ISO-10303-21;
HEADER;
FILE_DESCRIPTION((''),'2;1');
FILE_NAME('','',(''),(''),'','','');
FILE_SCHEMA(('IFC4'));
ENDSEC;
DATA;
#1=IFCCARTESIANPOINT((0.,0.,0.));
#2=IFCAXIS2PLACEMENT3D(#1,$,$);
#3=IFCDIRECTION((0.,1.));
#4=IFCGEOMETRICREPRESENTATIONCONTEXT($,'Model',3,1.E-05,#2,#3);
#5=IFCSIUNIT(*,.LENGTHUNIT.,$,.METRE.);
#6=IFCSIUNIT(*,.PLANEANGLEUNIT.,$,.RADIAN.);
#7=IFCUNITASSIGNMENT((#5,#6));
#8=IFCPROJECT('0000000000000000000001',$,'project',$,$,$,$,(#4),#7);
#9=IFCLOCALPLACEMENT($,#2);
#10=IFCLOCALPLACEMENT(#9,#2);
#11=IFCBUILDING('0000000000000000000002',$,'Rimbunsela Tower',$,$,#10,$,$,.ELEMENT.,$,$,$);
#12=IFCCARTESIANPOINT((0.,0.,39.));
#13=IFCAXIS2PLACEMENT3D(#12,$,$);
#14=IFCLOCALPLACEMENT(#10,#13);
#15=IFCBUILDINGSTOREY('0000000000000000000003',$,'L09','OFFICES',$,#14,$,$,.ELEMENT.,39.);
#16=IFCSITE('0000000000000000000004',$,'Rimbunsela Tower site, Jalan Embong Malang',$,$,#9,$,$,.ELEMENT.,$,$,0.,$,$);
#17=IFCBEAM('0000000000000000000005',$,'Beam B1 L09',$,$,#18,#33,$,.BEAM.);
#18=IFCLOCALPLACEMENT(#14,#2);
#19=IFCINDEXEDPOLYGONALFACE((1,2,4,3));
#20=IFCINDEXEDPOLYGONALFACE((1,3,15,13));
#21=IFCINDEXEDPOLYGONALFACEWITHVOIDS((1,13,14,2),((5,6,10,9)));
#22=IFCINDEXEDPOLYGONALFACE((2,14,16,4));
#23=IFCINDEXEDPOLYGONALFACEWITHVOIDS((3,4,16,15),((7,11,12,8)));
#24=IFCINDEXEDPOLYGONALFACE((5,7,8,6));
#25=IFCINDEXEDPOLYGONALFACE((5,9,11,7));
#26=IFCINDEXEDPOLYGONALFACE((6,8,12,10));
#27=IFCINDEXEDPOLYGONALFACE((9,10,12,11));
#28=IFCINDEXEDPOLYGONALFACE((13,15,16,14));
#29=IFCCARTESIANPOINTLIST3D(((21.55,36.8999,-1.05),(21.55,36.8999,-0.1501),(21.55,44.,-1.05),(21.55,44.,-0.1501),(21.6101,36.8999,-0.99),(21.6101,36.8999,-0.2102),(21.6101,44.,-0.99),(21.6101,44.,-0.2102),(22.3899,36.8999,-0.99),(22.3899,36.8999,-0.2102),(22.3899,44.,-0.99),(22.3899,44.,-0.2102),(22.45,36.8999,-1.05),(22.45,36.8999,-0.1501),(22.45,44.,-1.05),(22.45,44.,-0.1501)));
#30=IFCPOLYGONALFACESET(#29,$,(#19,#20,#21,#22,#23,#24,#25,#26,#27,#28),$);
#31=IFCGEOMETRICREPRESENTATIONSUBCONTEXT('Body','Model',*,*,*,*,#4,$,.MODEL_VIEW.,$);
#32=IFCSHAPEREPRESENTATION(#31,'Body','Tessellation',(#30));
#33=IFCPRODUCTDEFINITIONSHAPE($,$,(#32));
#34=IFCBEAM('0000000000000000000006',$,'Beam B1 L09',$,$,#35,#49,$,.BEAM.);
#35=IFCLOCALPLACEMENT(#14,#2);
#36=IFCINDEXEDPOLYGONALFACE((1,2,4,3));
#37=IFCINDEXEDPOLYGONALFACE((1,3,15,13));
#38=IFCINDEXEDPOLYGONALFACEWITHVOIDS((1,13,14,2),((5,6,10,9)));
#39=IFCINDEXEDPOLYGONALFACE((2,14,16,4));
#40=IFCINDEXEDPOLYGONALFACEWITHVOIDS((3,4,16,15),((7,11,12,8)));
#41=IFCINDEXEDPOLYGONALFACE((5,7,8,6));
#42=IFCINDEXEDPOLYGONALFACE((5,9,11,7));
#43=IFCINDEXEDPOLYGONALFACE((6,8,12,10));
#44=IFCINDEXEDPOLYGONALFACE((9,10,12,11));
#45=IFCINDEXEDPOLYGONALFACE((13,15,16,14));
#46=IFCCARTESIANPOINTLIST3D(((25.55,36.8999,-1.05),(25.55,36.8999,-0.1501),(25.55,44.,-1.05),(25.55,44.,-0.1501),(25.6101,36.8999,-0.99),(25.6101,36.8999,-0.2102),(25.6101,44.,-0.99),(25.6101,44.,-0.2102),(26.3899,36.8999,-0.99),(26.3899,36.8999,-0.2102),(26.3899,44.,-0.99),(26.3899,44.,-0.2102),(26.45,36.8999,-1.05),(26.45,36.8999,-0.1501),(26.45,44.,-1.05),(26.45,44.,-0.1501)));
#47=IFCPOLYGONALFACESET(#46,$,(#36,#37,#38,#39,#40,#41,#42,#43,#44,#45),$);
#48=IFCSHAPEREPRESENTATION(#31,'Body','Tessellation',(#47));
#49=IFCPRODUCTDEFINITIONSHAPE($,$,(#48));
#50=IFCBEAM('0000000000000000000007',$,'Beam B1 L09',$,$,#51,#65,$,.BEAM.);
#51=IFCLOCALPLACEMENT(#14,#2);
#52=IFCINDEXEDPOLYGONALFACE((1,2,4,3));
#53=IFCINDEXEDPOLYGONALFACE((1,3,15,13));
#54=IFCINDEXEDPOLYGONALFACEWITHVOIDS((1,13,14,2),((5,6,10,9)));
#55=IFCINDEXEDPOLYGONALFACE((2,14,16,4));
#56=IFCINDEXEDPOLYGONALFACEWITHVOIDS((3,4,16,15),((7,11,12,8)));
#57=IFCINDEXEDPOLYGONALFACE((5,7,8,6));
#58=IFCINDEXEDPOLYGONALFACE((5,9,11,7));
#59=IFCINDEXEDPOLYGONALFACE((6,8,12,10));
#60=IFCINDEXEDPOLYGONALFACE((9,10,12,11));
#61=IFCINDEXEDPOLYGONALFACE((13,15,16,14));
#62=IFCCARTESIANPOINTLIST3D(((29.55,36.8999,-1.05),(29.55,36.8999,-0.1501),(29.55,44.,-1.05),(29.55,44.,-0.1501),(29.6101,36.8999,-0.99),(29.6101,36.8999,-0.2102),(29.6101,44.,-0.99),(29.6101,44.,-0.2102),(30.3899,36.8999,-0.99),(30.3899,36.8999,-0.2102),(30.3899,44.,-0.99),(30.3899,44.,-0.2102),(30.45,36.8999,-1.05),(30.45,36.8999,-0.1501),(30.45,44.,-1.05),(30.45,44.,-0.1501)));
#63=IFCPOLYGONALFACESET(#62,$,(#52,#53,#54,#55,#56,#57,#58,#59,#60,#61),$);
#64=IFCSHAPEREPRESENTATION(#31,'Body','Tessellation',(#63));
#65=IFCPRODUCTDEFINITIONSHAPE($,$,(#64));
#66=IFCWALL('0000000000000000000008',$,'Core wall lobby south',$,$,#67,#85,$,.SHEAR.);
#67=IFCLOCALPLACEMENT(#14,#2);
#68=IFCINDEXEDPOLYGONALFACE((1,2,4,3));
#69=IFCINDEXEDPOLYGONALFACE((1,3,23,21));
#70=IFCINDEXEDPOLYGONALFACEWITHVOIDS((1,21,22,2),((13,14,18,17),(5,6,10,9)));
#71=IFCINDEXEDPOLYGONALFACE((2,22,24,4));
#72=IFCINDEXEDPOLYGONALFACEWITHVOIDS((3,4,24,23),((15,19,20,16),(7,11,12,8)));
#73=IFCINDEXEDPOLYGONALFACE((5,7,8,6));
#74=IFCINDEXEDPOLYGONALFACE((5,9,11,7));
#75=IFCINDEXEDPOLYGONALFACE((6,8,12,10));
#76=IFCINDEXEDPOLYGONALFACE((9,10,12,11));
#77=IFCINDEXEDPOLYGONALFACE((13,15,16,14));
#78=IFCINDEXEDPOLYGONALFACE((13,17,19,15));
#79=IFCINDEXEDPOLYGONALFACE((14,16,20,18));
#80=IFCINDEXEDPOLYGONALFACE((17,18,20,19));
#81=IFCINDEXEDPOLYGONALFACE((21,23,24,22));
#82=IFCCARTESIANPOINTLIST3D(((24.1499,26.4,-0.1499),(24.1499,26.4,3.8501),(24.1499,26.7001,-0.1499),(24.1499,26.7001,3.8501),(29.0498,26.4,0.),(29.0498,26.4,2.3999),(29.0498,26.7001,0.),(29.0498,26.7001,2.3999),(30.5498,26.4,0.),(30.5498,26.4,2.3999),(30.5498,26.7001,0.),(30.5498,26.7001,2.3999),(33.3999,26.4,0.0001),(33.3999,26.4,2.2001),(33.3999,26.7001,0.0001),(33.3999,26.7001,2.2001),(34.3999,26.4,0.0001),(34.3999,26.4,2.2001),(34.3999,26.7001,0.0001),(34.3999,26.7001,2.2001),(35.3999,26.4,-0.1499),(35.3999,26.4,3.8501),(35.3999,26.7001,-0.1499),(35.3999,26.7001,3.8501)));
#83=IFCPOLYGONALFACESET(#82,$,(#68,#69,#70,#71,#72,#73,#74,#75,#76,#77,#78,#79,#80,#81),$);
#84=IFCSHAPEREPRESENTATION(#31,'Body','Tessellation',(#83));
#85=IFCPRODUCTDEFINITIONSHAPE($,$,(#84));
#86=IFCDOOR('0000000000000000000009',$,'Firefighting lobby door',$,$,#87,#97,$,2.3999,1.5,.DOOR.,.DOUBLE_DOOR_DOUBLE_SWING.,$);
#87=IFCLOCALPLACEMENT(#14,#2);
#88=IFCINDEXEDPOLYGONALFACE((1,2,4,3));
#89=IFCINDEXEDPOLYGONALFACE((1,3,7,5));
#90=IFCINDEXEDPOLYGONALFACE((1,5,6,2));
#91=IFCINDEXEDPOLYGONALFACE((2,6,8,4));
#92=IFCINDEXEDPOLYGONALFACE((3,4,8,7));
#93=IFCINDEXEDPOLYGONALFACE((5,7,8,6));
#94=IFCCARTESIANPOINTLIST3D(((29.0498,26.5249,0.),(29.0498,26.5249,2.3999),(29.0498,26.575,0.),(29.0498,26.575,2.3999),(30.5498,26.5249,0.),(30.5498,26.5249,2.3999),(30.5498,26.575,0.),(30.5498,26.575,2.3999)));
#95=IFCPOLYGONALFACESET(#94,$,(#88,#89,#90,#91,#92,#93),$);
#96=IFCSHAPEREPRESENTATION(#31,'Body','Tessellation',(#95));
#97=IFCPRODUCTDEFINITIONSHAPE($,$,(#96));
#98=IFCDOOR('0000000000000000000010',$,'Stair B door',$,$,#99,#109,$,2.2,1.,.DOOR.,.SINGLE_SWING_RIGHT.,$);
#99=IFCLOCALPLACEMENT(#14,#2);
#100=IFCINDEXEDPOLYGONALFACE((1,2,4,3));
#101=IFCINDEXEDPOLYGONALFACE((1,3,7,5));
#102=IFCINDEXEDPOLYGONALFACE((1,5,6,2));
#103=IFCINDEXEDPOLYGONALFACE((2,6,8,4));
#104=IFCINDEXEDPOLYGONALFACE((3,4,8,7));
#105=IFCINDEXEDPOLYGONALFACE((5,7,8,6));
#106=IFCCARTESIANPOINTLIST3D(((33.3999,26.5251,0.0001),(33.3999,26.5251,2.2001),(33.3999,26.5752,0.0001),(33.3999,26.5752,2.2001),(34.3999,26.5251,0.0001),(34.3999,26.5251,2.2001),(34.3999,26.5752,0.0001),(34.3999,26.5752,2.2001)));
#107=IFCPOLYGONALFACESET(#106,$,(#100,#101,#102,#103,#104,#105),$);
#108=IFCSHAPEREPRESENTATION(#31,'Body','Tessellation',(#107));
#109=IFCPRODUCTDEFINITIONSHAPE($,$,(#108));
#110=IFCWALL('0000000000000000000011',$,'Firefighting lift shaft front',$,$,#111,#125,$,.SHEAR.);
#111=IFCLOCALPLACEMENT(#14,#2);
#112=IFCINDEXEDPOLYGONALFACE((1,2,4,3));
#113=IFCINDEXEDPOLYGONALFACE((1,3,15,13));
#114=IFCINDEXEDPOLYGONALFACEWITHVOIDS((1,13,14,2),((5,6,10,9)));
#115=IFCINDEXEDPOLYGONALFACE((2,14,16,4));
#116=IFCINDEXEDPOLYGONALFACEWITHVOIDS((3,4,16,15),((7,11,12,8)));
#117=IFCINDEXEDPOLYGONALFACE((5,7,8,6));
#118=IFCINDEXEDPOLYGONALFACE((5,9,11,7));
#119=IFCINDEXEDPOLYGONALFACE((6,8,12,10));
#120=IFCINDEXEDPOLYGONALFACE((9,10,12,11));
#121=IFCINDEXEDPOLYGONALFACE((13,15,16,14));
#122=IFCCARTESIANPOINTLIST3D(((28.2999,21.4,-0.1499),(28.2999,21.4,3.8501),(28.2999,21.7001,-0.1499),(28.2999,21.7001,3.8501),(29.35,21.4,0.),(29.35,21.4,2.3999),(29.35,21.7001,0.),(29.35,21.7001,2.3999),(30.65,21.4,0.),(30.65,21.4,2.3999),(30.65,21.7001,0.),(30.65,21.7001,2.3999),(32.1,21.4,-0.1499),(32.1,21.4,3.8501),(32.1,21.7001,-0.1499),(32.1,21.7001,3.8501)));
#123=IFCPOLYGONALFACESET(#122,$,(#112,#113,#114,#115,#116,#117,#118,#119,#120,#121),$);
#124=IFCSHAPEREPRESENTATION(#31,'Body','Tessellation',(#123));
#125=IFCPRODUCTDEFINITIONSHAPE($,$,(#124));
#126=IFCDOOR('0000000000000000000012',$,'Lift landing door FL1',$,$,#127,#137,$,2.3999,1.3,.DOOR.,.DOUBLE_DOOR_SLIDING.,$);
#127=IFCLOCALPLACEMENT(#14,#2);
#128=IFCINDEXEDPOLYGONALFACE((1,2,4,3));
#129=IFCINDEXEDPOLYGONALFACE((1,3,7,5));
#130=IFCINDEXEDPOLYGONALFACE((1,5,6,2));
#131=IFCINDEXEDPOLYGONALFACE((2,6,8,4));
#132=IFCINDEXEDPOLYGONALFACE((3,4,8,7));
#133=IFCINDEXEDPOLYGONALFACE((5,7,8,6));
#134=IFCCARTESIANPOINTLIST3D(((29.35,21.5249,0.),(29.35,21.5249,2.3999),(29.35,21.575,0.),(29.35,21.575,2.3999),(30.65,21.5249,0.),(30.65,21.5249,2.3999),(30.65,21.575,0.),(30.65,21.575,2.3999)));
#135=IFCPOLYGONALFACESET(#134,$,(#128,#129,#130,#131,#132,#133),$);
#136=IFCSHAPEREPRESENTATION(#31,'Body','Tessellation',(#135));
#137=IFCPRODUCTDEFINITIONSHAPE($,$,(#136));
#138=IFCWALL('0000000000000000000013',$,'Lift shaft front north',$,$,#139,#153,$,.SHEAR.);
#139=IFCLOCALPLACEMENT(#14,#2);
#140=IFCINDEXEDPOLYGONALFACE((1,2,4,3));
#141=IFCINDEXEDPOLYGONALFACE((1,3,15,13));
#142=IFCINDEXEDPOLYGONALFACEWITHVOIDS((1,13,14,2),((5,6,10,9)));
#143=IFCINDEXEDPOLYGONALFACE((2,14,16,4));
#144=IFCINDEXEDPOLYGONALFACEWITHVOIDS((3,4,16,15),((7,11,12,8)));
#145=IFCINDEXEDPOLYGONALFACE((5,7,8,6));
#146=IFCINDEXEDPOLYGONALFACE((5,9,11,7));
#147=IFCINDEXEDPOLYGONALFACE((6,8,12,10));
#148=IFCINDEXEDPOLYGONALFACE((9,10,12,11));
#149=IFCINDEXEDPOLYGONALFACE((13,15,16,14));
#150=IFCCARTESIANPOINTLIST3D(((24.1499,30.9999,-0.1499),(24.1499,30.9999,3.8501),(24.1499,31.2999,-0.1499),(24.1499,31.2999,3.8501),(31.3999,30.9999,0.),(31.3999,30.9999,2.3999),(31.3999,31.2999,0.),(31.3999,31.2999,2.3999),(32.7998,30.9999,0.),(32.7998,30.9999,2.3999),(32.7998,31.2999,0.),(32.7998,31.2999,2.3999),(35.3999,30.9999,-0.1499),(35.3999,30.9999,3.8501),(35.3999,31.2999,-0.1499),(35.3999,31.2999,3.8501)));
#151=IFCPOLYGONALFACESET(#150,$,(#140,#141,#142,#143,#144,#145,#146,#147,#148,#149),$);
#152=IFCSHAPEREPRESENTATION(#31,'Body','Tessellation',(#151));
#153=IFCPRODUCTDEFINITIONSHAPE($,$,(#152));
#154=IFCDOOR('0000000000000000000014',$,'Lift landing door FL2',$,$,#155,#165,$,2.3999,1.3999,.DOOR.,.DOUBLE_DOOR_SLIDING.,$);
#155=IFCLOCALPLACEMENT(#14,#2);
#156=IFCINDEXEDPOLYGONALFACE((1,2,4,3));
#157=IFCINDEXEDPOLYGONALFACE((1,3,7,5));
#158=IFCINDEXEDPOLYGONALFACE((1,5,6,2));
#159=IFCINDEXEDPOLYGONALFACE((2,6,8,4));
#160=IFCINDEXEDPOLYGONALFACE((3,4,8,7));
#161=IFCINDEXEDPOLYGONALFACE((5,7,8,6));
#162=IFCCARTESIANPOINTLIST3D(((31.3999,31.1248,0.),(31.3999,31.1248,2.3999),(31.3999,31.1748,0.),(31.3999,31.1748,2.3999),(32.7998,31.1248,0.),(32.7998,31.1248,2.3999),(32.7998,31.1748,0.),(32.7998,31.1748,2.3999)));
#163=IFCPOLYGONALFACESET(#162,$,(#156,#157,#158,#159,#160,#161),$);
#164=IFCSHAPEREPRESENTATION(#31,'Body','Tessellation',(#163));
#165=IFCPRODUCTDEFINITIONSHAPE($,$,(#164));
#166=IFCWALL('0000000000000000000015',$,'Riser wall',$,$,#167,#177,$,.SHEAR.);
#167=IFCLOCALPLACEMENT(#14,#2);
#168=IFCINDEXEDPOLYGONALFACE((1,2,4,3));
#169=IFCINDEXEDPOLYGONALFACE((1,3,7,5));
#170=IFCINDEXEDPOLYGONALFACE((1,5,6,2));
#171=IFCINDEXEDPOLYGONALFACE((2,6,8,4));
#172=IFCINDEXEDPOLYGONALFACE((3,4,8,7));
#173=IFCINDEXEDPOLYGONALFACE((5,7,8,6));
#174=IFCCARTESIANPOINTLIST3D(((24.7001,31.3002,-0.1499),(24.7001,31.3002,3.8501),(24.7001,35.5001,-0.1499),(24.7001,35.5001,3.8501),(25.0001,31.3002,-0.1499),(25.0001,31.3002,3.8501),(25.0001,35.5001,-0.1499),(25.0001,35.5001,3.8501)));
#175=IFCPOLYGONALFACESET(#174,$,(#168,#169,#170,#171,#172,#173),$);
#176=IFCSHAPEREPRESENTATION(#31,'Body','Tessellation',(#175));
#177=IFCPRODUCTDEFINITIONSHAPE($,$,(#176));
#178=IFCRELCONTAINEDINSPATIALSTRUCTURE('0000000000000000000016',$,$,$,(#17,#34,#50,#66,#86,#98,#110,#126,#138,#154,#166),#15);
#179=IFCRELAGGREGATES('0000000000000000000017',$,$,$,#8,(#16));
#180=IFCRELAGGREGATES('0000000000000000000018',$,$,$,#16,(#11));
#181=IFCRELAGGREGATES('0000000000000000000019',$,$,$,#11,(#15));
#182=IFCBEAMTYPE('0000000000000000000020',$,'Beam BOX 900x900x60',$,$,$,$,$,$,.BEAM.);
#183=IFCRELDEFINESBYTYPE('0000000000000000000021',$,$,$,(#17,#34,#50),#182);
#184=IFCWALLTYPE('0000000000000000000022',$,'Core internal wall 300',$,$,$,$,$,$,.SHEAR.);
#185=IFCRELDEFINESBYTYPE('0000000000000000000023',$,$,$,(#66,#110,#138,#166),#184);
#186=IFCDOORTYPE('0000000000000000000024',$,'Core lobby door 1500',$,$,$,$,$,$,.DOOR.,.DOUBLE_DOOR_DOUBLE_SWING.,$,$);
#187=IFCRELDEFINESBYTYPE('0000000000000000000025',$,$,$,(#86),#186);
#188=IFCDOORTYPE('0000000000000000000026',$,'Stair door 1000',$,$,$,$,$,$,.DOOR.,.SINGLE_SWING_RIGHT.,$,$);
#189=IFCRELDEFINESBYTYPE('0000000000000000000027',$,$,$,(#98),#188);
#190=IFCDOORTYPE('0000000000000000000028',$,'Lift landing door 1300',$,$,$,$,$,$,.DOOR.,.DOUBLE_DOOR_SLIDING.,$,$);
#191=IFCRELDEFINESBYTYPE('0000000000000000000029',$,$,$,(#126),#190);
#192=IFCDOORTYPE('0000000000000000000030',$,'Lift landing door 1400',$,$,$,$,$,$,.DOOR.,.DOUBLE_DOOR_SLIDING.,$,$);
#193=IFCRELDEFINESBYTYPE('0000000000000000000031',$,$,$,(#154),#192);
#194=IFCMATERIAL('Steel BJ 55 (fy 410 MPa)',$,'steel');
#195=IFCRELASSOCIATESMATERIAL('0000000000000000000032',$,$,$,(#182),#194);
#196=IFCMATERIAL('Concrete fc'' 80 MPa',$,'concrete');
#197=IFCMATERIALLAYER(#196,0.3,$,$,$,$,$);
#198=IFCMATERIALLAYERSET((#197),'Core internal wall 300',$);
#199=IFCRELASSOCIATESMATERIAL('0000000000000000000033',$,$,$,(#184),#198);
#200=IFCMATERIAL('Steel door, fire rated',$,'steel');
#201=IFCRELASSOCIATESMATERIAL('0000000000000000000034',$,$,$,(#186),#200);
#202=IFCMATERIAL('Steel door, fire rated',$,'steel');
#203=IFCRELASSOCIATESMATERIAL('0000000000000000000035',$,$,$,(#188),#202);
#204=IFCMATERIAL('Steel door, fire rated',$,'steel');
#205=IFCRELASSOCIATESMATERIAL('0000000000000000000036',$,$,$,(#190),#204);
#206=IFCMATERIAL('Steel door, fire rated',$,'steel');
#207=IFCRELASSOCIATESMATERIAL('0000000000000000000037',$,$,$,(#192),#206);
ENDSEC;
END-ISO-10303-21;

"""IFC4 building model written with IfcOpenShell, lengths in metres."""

from ifc_helpers import new_model, si_unit, direction, frame, frame_2d, origin, origin_2d, place, context, subcontext, project, spatial, rectangle, hollow_rectangle, extrude, material, layer, layer_set, material_profile, profile_set, type_object, element, fill, save


model = new_model("IFC4")

# Units and contexts
model_context = context("Model", 3, precision=1e-05, world=origin(), true_north=direction((0.0, 1.0)))
body_context = subcontext(model_context, "Body", "Model", "MODEL_VIEW")
ifc_project = project(units=[si_unit("LENGTHUNIT", "METRE"), si_unit("PLANEANGLEUNIT", "RADIAN")], contexts=[model_context])

# Site, building, storey
site_placement = place(None, origin())
site = spatial("IfcSite", under=ifc_project, at=site_placement, Name="Rimbunsela Tower site, Jalan Embong Malang", CompositionType="ELEMENT", RefElevation=0.0)
building_placement = place(site_placement, origin())
building = spatial("IfcBuilding", under=site, at=building_placement, Name="Rimbunsela Tower", CompositionType="ELEMENT")
storey_placement = place(building_placement, frame((0.0, 0.0, 39.0)))
storey = spatial("IfcBuildingStorey", under=building, at=storey_placement, Name="L09", Description="OFFICES", CompositionType="ELEMENT", Elevation=39.0)

# Beams
ifc_material_1 = material(Name="Steel BJ 55 (fy 410 MPa)", Category="steel")
ifc_material_profile = material_profile(ifc_material_1, hollow_rectangle(XDim=0.8999, YDim=0.8999, WallThickness=0.0601, at=origin_2d()), Name="BOX 900x900x60")
ifc_profile_set = profile_set([ifc_material_profile], Name="Steel BJ 55 (fy 410 MPa)")
beam_type = type_object("IfcBeamType", Name="Beam BOX 900x900x60", PredefinedType="BEAM", material=ifc_profile_set)
for number, where, z_axis, x_axis, name in (
    (1, (22.0, 36.8999, -0.6001), (0.0, 1.0, 0.0), (-1.0, 0.0, 0.0), "Beam B1 L09"),
    (2, (26.0, 36.8999, -0.6001), (0.0, 1.0, 0.0), (-1.0, 0.0, 0.0), "Beam B1 L09"),
    (3, (30.0, 36.8999, -0.6001), (0.0, 1.0, 0.0), (-1.0, 0.0, 0.0), "Beam B1 L09"),
):
    element("IfcBeam", number, at=place(storey_placement, frame(where, z_axis=z_axis, x_axis=x_axis)), inside=storey, type_object=beam_type, Name=name, PredefinedType="BEAM", context=body_context, shape_type="SweptSolid", body=[
        extrude(hollow_rectangle(XDim=0.8999, YDim=0.8999, WallThickness=0.0601, at=origin_2d()), origin(), (0.0, 0.0, 1.0), 7.1001),
    ])

# Wall, openings, doors
ifc_material_2 = material(Name="Concrete fc' 80 MPa", Category="concrete")
ifc_layer_1 = layer(ifc_material_2, 0.3)
ifc_layer_set_1 = layer_set([ifc_layer_1], Name="Core internal wall 300")
wall_type_1 = type_object("IfcWallType", Name="Core internal wall 300", PredefinedType="SHEAR", material=ifc_layer_set_1)
wall_1_placement = place(storey_placement, frame((24.1499, 26.55, -0.1499), z_axis=(0.0, 0.0, 1.0), x_axis=(1.0, 0.0, 0.0)))
wall_1 = element("IfcWall", 4, at=wall_1_placement, inside=storey, type_object=wall_type_1, Name="Core wall lobby south", PredefinedType="SHEAR", context=body_context, shape_type="SweptSolid", body=[
    extrude(rectangle(XDim=11.25, YDim=0.3, at=frame_2d((5.625, 0.0))), origin(), (0.0, 0.0, 1.0), 4.0),
])
opening_1_placement = place(wall_1_placement, frame((9.25, 0.0, 0.1499)))
opening_1 = element("IfcOpeningElement", 5, at=opening_1_placement, cuts=wall_1, PredefinedType="OPENING", context=body_context, shape_type="SweptSolid", body=[
    extrude(rectangle(XDim=1.0, YDim=2.2, at=frame_2d((0.5, 1.1001))), frame((0.0, 0.1599, 0.0), z_axis=(0.0, -1.0, 0.0), x_axis=(1.0, 0.0, 0.0)), (0.0, 0.0, 1.0), 0.3201),
])
opening_2_placement = place(wall_1_placement, frame((4.8999, 0.0, 0.1499)))
opening_2 = element("IfcOpeningElement", 6, at=opening_2_placement, cuts=wall_1, PredefinedType="OPENING", context=body_context, shape_type="SweptSolid", body=[
    extrude(rectangle(XDim=1.5, YDim=2.3999, at=frame_2d((0.75, 1.2))), frame((0.0, 0.1599, 0.0), z_axis=(0.0, -1.0, 0.0), x_axis=(1.0, 0.0, 0.0)), (0.0, 0.0, 1.0), 0.3201),
])
ifc_material_3 = material(Name="Steel door, fire rated", Category="steel")
door_type_1 = type_object("IfcDoorType", Name="Core lobby door 1500", OperationType="DOUBLE_DOOR_DOUBLE_SWING", PredefinedType="DOOR", material=ifc_material_3)
door_1_placement = place(opening_2_placement, origin())
door_1 = element("IfcDoor", 7, at=door_1_placement, inside=storey, type_object=door_type_1, Name="Firefighting lobby door", OperationType="DOUBLE_DOOR_DOUBLE_SWING", OverallHeight=2.3999, OverallWidth=1.5, PredefinedType="DOOR", context=body_context, shape_type="SweptSolid", body=[
    extrude(rectangle(XDim=1.5, YDim=2.3999, at=frame_2d((0.75, 1.2))), frame((0.0, 0.0249, 0.0), z_axis=(0.0, -1.0, 0.0), x_axis=(1.0, 0.0, 0.0)), (0.0, 0.0, 1.0), 0.05),
])
fill(opening_2, door_1)
ifc_material_4 = material(Name="Steel door, fire rated", Category="steel")
door_type_2 = type_object("IfcDoorType", Name="Stair door 1000", OperationType="SINGLE_SWING_RIGHT", PredefinedType="DOOR", material=ifc_material_4)
door_2_placement = place(opening_1_placement, frame((1.0, 0.0, 0.0), z_axis=(0.0, 0.0, 1.0), x_axis=(-1.0, 0.0, 0.0)))
door_2 = element("IfcDoor", 8, at=door_2_placement, inside=storey, type_object=door_type_2, Name="Stair B door", OperationType="SINGLE_SWING_RIGHT", OverallHeight=2.2, OverallWidth=1.0, PredefinedType="DOOR", context=body_context, shape_type="SweptSolid", body=[
    extrude(rectangle(XDim=1.0, YDim=2.2, at=frame_2d((0.5, 1.1001))), frame((0.0, 0.0249, 0.0), z_axis=(0.0, -1.0, 0.0), x_axis=(1.0, 0.0, 0.0)), (0.0, 0.0, 1.0), 0.05),
])
fill(opening_1, door_2)

# Walls, openings, doors
wall_2_placement = place(storey_placement, frame((28.3, 21.55, -0.1499), z_axis=(0.0, 0.0, 1.0), x_axis=(1.0, 0.0, 0.0)))
wall_2 = element("IfcWall", 9, at=wall_2_placement, inside=storey, type_object=wall_type_1, Name="Firefighting lift shaft front", PredefinedType="SHEAR", context=body_context, shape_type="SweptSolid", body=[
    extrude(rectangle(XDim=3.8, YDim=0.3, at=frame_2d((1.8999, 0.0))), origin(), (0.0, 0.0, 1.0), 4.0),
])
opening_3_placement = place(wall_2_placement, frame((1.05, 0.0, 0.1499)))
opening_3 = element("IfcOpeningElement", 10, at=opening_3_placement, cuts=wall_2, PredefinedType="OPENING", context=body_context, shape_type="SweptSolid", body=[
    extrude(rectangle(XDim=1.3, YDim=2.3999, at=frame_2d((0.6499, 1.2))), frame((0.0, 0.1599, 0.0), z_axis=(0.0, -1.0, 0.0), x_axis=(1.0, 0.0, 0.0)), (0.0, 0.0, 1.0), 0.3201),
])
ifc_material_5 = material(Name="Steel door, fire rated", Category="steel")
door_type_3 = type_object("IfcDoorType", Name="Lift landing door 1300", OperationType="DOUBLE_DOOR_SLIDING", PredefinedType="DOOR", material=ifc_material_5)
door_3_placement = place(opening_3_placement, origin())
door_3 = element("IfcDoor", 11, at=door_3_placement, inside=storey, type_object=door_type_3, Name="Lift landing door FL1", OperationType="DOUBLE_DOOR_SLIDING", OverallHeight=2.3999, OverallWidth=1.3, PredefinedType="DOOR", context=body_context, shape_type="SweptSolid", body=[
    extrude(rectangle(XDim=1.3, YDim=2.3999, at=frame_2d((0.6499, 1.2))), frame((0.0, 0.0249, 0.0), z_axis=(0.0, -1.0, 0.0), x_axis=(1.0, 0.0, 0.0)), (0.0, 0.0, 1.0), 0.05),
])
fill(opening_3, door_3)
wall_3_placement = place(storey_placement, frame((24.1499, 31.1499, -0.1499), z_axis=(0.0, 0.0, 1.0), x_axis=(1.0, 0.0, 0.0)))
wall_3 = element("IfcWall", 12, at=wall_3_placement, inside=storey, type_object=wall_type_1, Name="Lift shaft front north", PredefinedType="SHEAR", context=body_context, shape_type="SweptSolid", body=[
    extrude(rectangle(XDim=11.25, YDim=0.3, at=frame_2d((5.625, 0.0))), origin(), (0.0, 0.0, 1.0), 4.0),
])
opening_4_placement = place(wall_3_placement, frame((7.25, 0.0, 0.1499)))
opening_4 = element("IfcOpeningElement", 13, at=opening_4_placement, cuts=wall_3, PredefinedType="OPENING", context=body_context, shape_type="SweptSolid", body=[
    extrude(rectangle(XDim=1.3999, YDim=2.3999, at=frame_2d((0.7, 1.2))), frame((0.0, 0.1599, 0.0), z_axis=(0.0, -1.0, 0.0), x_axis=(1.0, 0.0, 0.0)), (0.0, 0.0, 1.0), 0.3201),
])
ifc_material_6 = material(Name="Steel door, fire rated", Category="steel")
door_type_4 = type_object("IfcDoorType", Name="Lift landing door 1400", OperationType="DOUBLE_DOOR_SLIDING", PredefinedType="DOOR", material=ifc_material_6)
door_4_placement = place(opening_4_placement, origin())
door_4 = element("IfcDoor", 14, at=door_4_placement, inside=storey, type_object=door_type_4, Name="Lift landing door FL2", OperationType="DOUBLE_DOOR_SLIDING", OverallHeight=2.3999, OverallWidth=1.3999, PredefinedType="DOOR", context=body_context, shape_type="SweptSolid", body=[
    extrude(rectangle(XDim=1.3999, YDim=2.3999, at=frame_2d((0.7, 1.2))), frame((0.0, 0.0249, 0.0), z_axis=(0.0, -1.0, 0.0), x_axis=(1.0, 0.0, 0.0)), (0.0, 0.0, 1.0), 0.05),
])
fill(opening_4, door_4)

# Wall
wall_4_placement = place(storey_placement, frame((24.8501, 31.3, -0.1499), z_axis=(0.0, 0.0, 1.0), x_axis=(0.0, 1.0, 0.0)))
element("IfcWall", 15, at=wall_4_placement, inside=storey, type_object=wall_type_1, Name="Riser wall", PredefinedType="SHEAR", context=body_context, shape_type="SweptSolid", body=[
    extrude(rectangle(XDim=4.2, YDim=0.3, at=frame_2d((2.1001, 0.0))), origin(), (0.0, 0.0, 1.0), 4.0),
])

save(model, "model.ifc")
